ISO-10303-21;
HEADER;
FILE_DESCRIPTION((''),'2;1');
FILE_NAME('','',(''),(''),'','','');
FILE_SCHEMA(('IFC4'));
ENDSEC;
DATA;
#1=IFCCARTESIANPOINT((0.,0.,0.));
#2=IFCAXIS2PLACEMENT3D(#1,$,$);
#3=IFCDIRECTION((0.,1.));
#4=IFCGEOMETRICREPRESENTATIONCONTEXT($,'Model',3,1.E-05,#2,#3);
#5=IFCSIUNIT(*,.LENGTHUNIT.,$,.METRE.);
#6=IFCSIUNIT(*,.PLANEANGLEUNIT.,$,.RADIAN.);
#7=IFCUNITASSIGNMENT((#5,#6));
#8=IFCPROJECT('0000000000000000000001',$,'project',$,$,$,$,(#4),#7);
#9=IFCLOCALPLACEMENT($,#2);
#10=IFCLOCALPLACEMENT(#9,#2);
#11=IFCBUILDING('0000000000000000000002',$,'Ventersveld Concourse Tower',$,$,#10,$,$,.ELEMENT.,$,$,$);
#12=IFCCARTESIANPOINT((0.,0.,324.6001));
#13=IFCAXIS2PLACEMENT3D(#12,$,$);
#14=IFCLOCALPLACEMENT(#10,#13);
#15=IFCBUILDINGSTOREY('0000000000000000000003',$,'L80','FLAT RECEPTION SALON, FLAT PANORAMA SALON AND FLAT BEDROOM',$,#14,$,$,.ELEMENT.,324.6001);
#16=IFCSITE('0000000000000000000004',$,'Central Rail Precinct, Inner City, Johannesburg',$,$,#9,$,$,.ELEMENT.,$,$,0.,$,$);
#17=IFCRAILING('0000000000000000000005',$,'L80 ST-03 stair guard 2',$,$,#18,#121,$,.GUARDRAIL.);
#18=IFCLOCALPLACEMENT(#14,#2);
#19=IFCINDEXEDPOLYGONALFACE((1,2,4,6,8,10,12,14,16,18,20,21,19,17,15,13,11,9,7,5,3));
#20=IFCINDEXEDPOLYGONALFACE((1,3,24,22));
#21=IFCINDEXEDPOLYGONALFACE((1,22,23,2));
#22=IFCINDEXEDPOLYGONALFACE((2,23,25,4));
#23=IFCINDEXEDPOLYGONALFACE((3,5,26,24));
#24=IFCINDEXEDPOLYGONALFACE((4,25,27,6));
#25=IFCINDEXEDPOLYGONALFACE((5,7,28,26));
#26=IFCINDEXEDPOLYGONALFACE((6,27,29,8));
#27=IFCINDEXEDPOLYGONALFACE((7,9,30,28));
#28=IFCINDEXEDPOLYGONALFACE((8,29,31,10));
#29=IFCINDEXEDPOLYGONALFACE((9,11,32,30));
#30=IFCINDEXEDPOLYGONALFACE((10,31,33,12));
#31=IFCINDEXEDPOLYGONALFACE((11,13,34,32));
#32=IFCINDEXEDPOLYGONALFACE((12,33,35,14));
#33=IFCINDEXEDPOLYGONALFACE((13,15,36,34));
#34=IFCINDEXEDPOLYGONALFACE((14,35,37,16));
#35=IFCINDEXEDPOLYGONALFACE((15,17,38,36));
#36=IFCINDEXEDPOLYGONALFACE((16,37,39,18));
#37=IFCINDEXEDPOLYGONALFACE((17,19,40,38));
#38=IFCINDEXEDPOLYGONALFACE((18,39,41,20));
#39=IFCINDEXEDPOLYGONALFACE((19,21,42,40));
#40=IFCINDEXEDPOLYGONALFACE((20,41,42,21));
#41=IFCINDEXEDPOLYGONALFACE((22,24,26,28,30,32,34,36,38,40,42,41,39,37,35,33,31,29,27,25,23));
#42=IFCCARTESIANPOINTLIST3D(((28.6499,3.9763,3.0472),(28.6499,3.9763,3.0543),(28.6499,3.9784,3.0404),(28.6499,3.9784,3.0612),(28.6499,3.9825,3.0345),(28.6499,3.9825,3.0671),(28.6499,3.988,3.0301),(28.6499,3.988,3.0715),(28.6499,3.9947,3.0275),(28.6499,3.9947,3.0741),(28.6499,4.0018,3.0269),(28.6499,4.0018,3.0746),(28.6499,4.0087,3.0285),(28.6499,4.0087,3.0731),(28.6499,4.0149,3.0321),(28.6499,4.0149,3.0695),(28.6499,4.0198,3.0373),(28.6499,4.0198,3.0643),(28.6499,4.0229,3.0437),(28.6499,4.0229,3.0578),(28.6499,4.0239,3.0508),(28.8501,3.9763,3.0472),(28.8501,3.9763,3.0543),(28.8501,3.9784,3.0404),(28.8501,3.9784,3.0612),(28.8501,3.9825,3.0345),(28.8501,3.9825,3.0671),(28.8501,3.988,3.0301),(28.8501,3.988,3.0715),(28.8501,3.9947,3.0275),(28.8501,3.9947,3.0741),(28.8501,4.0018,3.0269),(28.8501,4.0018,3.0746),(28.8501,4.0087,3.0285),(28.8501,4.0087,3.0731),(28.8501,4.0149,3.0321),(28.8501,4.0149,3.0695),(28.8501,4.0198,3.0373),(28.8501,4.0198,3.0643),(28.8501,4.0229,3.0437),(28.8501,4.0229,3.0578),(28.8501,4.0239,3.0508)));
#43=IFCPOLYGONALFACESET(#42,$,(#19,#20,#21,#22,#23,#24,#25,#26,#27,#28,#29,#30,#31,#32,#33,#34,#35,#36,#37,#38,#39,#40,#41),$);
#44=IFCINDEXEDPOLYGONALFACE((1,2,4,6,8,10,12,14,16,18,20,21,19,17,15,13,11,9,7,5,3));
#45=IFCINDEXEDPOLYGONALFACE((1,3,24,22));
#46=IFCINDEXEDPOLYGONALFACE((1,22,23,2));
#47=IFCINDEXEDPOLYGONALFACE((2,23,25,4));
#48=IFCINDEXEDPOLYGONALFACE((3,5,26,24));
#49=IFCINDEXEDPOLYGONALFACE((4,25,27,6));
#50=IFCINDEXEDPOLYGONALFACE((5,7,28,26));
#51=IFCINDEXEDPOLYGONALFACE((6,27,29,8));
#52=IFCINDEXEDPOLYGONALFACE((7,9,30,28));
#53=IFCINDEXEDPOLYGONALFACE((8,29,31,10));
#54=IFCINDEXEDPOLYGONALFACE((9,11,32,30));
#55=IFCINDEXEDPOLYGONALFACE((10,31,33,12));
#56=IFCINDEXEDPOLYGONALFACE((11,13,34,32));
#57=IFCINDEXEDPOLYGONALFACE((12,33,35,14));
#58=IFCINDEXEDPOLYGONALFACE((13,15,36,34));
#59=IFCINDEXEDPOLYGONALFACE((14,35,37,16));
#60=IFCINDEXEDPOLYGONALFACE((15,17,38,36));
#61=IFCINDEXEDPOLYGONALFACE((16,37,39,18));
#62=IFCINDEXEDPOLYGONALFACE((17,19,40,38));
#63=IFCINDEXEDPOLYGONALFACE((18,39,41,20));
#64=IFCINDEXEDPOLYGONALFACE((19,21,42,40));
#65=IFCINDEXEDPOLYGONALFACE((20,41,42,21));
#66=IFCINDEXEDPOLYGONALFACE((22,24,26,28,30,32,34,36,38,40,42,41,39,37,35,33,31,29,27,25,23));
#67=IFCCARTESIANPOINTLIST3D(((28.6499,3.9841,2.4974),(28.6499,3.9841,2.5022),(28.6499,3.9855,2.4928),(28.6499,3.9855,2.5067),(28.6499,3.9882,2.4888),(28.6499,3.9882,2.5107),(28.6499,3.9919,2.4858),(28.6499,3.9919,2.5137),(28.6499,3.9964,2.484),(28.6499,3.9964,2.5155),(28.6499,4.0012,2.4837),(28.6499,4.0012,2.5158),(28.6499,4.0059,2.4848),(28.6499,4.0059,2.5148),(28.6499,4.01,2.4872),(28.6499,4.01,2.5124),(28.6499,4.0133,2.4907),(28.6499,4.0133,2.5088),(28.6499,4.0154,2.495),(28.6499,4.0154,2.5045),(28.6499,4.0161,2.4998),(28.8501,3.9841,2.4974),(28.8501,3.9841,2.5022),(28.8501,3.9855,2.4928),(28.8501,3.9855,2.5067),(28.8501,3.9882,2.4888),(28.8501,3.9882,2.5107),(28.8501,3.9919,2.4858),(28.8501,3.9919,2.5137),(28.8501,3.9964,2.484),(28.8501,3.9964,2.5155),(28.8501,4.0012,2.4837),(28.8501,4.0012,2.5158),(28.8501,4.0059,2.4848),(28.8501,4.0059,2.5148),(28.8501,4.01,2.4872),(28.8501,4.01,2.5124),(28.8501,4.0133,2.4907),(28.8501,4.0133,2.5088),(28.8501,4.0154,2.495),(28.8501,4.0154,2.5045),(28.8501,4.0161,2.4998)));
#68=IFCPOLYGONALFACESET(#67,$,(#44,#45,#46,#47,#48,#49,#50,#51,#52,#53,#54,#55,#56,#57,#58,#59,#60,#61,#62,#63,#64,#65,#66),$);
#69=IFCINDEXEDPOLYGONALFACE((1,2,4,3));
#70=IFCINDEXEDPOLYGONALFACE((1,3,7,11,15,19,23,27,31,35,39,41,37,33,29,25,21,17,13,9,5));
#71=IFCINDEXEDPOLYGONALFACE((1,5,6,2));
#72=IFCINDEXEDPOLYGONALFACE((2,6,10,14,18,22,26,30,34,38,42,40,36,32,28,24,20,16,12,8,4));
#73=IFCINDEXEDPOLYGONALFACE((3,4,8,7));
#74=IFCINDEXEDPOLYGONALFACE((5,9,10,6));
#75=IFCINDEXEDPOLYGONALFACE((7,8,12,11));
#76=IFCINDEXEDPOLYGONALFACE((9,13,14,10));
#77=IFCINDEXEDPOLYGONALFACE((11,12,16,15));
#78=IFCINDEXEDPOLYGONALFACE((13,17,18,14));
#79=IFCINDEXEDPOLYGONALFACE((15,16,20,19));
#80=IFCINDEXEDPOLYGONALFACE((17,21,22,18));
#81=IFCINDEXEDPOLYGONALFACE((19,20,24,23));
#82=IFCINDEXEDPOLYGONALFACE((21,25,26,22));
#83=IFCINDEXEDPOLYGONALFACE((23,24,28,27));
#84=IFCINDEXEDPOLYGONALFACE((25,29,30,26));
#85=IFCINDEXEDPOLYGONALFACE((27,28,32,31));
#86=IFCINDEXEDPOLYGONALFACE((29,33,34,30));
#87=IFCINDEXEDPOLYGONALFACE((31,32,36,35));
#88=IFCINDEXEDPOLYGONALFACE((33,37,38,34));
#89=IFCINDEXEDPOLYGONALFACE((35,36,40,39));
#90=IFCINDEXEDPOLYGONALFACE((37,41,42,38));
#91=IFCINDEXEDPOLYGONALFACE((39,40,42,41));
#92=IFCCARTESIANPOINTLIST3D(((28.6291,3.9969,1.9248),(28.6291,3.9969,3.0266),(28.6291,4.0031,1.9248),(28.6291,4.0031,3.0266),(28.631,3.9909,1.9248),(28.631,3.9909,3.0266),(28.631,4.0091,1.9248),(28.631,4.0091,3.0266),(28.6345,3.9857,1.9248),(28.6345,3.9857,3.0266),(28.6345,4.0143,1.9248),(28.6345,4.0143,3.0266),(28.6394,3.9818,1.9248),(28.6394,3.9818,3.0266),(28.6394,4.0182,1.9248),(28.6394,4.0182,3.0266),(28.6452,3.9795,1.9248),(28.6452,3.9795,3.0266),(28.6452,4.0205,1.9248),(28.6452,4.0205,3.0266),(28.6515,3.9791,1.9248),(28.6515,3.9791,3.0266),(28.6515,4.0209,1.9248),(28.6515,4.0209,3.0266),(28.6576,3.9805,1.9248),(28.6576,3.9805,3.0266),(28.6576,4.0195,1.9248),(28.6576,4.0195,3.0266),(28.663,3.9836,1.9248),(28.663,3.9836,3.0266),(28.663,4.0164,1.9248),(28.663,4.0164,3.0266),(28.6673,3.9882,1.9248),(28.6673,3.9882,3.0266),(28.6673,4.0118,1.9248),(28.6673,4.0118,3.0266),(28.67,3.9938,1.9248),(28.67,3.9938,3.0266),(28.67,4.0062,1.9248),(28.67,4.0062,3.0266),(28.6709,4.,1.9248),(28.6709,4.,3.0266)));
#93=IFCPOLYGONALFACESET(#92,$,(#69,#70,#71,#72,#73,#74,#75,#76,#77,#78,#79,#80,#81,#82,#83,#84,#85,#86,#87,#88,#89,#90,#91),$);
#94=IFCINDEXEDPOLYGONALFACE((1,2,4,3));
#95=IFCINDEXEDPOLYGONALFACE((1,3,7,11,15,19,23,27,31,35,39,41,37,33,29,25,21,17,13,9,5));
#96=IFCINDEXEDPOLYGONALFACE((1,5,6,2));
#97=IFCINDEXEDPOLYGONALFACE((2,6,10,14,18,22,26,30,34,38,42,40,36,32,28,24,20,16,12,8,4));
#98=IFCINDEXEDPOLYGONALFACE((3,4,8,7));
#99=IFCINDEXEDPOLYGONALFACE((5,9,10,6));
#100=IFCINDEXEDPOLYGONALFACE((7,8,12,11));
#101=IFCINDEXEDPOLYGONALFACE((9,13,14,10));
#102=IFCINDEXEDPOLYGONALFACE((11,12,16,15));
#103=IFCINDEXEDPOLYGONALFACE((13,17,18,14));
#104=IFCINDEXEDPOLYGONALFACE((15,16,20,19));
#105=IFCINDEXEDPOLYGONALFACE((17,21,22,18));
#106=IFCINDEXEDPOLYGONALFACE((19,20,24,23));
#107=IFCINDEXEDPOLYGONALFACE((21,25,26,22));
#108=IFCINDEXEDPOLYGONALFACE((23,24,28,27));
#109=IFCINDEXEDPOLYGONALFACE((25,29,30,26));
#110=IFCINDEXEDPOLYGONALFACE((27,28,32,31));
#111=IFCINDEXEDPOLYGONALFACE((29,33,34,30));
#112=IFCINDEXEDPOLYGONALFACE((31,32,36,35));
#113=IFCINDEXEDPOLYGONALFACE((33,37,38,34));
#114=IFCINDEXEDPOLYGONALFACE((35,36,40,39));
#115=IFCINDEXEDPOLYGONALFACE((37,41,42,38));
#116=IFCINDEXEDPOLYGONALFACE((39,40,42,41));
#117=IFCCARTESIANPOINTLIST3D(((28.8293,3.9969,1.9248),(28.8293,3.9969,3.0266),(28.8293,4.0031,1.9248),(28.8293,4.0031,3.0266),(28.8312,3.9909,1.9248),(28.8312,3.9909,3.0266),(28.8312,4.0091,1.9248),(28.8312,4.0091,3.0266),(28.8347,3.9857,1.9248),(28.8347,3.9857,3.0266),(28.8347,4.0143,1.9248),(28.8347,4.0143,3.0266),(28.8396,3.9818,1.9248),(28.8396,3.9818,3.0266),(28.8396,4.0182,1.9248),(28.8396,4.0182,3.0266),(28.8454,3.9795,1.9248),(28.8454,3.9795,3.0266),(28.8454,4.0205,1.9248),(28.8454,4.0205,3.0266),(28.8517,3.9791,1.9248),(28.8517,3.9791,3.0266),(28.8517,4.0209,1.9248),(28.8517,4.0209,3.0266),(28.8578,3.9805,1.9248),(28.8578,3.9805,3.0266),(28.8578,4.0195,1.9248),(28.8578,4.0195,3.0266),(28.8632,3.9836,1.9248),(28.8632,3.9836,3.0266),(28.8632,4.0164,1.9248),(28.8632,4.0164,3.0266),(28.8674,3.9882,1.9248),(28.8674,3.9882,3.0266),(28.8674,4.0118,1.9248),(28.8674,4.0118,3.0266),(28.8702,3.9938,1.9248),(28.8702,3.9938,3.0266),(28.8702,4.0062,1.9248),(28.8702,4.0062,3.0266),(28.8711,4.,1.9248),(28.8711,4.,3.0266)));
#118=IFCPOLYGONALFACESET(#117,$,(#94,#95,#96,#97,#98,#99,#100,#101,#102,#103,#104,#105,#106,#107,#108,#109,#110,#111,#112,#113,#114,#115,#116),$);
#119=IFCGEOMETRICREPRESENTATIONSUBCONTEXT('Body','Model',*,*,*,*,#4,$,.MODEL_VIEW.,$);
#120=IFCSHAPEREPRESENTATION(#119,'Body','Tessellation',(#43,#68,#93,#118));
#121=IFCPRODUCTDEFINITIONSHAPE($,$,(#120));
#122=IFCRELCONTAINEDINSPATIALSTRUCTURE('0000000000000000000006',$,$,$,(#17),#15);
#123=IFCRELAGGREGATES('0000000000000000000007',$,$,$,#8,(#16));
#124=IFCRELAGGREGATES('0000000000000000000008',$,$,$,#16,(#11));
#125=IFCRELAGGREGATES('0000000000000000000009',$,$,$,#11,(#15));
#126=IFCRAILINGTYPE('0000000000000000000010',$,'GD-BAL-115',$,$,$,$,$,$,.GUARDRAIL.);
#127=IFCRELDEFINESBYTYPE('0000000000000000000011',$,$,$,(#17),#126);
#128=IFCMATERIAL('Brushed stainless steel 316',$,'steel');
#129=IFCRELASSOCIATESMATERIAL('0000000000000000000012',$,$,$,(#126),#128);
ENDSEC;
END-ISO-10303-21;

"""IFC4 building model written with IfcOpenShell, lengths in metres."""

from ifc_helpers import new_model, si_unit, direction, frame, origin, origin_2d, place, context, subcontext, project, spatial, circle, extrude, material, type_object, element, save


model = new_model("IFC4")

# Units and contexts
model_context = context("Model", 3, precision=1e-05, world=origin(), true_north=direction((0.0, 1.0)))
body_context = subcontext(model_context, "Body", "Model", "MODEL_VIEW")
ifc_project = project(units=[si_unit("LENGTHUNIT", "METRE"), si_unit("PLANEANGLEUNIT", "RADIAN")], contexts=[model_context])

# Site, building, storey
site_placement = place(None, origin())
site = spatial("IfcSite", under=ifc_project, at=site_placement, Name="Central Rail Precinct, Inner City, Johannesburg", CompositionType="ELEMENT", RefElevation=0.0)
building_placement = place(site_placement, origin())
building = spatial("IfcBuilding", under=site, at=building_placement, Name="Ventersveld Concourse Tower", CompositionType="ELEMENT")
storey_placement = place(building_placement, frame((0.0, 0.0, 324.6001)))
storey = spatial("IfcBuildingStorey", under=building, at=storey_placement, Name="L80", Description="FLAT RECEPTION SALON, FLAT PANORAMA SALON AND FLAT BEDROOM", CompositionType="ELEMENT", Elevation=324.6001)

# Shared definitions
ifc_material_1 = material(Name="Brushed stainless steel 316", Category="steel")

# Railing
railing_type_1 = type_object("IfcRailingType", Name="GD-BAL-115", PredefinedType="GUARDRAIL", material=ifc_material_1)
railing_1_placement = place(storey_placement, frame((28.6499, 4.0, 1.9248)))
element("IfcRailing", 1, at=railing_1_placement, inside=storey, type_object=railing_type_1, Name="L80 ST-03 stair guard 2", PredefinedType="GUARDRAIL", context=body_context, shape_type="SweptSolid", body=[
    extrude(circle(Radius=0.0239, at=origin_2d()), frame((0.0, 0.0, 1.126), z_axis=(1.0, 0.0, 0.0), x_axis=(0.0, 1.0, 0.0)), (0.0, 0.0, 1.0), 0.2002),
    extrude(circle(Radius=0.0161, at=origin_2d()), frame((0.0, 0.0, 0.575), z_axis=(1.0, 0.0, 0.0), x_axis=(0.0, 1.0, 0.0)), (0.0, 0.0, 1.0), 0.2002),
    extrude(circle(Radius=0.021, at=origin_2d()), origin(), (0.0, 0.0, 1.0), 1.1018),
    extrude(circle(Radius=0.021, at=origin_2d()), frame((0.2002, 0.0, 0.0)), (0.0, 0.0, 1.0), 1.1018),
])

save(model, "model.ifc")
